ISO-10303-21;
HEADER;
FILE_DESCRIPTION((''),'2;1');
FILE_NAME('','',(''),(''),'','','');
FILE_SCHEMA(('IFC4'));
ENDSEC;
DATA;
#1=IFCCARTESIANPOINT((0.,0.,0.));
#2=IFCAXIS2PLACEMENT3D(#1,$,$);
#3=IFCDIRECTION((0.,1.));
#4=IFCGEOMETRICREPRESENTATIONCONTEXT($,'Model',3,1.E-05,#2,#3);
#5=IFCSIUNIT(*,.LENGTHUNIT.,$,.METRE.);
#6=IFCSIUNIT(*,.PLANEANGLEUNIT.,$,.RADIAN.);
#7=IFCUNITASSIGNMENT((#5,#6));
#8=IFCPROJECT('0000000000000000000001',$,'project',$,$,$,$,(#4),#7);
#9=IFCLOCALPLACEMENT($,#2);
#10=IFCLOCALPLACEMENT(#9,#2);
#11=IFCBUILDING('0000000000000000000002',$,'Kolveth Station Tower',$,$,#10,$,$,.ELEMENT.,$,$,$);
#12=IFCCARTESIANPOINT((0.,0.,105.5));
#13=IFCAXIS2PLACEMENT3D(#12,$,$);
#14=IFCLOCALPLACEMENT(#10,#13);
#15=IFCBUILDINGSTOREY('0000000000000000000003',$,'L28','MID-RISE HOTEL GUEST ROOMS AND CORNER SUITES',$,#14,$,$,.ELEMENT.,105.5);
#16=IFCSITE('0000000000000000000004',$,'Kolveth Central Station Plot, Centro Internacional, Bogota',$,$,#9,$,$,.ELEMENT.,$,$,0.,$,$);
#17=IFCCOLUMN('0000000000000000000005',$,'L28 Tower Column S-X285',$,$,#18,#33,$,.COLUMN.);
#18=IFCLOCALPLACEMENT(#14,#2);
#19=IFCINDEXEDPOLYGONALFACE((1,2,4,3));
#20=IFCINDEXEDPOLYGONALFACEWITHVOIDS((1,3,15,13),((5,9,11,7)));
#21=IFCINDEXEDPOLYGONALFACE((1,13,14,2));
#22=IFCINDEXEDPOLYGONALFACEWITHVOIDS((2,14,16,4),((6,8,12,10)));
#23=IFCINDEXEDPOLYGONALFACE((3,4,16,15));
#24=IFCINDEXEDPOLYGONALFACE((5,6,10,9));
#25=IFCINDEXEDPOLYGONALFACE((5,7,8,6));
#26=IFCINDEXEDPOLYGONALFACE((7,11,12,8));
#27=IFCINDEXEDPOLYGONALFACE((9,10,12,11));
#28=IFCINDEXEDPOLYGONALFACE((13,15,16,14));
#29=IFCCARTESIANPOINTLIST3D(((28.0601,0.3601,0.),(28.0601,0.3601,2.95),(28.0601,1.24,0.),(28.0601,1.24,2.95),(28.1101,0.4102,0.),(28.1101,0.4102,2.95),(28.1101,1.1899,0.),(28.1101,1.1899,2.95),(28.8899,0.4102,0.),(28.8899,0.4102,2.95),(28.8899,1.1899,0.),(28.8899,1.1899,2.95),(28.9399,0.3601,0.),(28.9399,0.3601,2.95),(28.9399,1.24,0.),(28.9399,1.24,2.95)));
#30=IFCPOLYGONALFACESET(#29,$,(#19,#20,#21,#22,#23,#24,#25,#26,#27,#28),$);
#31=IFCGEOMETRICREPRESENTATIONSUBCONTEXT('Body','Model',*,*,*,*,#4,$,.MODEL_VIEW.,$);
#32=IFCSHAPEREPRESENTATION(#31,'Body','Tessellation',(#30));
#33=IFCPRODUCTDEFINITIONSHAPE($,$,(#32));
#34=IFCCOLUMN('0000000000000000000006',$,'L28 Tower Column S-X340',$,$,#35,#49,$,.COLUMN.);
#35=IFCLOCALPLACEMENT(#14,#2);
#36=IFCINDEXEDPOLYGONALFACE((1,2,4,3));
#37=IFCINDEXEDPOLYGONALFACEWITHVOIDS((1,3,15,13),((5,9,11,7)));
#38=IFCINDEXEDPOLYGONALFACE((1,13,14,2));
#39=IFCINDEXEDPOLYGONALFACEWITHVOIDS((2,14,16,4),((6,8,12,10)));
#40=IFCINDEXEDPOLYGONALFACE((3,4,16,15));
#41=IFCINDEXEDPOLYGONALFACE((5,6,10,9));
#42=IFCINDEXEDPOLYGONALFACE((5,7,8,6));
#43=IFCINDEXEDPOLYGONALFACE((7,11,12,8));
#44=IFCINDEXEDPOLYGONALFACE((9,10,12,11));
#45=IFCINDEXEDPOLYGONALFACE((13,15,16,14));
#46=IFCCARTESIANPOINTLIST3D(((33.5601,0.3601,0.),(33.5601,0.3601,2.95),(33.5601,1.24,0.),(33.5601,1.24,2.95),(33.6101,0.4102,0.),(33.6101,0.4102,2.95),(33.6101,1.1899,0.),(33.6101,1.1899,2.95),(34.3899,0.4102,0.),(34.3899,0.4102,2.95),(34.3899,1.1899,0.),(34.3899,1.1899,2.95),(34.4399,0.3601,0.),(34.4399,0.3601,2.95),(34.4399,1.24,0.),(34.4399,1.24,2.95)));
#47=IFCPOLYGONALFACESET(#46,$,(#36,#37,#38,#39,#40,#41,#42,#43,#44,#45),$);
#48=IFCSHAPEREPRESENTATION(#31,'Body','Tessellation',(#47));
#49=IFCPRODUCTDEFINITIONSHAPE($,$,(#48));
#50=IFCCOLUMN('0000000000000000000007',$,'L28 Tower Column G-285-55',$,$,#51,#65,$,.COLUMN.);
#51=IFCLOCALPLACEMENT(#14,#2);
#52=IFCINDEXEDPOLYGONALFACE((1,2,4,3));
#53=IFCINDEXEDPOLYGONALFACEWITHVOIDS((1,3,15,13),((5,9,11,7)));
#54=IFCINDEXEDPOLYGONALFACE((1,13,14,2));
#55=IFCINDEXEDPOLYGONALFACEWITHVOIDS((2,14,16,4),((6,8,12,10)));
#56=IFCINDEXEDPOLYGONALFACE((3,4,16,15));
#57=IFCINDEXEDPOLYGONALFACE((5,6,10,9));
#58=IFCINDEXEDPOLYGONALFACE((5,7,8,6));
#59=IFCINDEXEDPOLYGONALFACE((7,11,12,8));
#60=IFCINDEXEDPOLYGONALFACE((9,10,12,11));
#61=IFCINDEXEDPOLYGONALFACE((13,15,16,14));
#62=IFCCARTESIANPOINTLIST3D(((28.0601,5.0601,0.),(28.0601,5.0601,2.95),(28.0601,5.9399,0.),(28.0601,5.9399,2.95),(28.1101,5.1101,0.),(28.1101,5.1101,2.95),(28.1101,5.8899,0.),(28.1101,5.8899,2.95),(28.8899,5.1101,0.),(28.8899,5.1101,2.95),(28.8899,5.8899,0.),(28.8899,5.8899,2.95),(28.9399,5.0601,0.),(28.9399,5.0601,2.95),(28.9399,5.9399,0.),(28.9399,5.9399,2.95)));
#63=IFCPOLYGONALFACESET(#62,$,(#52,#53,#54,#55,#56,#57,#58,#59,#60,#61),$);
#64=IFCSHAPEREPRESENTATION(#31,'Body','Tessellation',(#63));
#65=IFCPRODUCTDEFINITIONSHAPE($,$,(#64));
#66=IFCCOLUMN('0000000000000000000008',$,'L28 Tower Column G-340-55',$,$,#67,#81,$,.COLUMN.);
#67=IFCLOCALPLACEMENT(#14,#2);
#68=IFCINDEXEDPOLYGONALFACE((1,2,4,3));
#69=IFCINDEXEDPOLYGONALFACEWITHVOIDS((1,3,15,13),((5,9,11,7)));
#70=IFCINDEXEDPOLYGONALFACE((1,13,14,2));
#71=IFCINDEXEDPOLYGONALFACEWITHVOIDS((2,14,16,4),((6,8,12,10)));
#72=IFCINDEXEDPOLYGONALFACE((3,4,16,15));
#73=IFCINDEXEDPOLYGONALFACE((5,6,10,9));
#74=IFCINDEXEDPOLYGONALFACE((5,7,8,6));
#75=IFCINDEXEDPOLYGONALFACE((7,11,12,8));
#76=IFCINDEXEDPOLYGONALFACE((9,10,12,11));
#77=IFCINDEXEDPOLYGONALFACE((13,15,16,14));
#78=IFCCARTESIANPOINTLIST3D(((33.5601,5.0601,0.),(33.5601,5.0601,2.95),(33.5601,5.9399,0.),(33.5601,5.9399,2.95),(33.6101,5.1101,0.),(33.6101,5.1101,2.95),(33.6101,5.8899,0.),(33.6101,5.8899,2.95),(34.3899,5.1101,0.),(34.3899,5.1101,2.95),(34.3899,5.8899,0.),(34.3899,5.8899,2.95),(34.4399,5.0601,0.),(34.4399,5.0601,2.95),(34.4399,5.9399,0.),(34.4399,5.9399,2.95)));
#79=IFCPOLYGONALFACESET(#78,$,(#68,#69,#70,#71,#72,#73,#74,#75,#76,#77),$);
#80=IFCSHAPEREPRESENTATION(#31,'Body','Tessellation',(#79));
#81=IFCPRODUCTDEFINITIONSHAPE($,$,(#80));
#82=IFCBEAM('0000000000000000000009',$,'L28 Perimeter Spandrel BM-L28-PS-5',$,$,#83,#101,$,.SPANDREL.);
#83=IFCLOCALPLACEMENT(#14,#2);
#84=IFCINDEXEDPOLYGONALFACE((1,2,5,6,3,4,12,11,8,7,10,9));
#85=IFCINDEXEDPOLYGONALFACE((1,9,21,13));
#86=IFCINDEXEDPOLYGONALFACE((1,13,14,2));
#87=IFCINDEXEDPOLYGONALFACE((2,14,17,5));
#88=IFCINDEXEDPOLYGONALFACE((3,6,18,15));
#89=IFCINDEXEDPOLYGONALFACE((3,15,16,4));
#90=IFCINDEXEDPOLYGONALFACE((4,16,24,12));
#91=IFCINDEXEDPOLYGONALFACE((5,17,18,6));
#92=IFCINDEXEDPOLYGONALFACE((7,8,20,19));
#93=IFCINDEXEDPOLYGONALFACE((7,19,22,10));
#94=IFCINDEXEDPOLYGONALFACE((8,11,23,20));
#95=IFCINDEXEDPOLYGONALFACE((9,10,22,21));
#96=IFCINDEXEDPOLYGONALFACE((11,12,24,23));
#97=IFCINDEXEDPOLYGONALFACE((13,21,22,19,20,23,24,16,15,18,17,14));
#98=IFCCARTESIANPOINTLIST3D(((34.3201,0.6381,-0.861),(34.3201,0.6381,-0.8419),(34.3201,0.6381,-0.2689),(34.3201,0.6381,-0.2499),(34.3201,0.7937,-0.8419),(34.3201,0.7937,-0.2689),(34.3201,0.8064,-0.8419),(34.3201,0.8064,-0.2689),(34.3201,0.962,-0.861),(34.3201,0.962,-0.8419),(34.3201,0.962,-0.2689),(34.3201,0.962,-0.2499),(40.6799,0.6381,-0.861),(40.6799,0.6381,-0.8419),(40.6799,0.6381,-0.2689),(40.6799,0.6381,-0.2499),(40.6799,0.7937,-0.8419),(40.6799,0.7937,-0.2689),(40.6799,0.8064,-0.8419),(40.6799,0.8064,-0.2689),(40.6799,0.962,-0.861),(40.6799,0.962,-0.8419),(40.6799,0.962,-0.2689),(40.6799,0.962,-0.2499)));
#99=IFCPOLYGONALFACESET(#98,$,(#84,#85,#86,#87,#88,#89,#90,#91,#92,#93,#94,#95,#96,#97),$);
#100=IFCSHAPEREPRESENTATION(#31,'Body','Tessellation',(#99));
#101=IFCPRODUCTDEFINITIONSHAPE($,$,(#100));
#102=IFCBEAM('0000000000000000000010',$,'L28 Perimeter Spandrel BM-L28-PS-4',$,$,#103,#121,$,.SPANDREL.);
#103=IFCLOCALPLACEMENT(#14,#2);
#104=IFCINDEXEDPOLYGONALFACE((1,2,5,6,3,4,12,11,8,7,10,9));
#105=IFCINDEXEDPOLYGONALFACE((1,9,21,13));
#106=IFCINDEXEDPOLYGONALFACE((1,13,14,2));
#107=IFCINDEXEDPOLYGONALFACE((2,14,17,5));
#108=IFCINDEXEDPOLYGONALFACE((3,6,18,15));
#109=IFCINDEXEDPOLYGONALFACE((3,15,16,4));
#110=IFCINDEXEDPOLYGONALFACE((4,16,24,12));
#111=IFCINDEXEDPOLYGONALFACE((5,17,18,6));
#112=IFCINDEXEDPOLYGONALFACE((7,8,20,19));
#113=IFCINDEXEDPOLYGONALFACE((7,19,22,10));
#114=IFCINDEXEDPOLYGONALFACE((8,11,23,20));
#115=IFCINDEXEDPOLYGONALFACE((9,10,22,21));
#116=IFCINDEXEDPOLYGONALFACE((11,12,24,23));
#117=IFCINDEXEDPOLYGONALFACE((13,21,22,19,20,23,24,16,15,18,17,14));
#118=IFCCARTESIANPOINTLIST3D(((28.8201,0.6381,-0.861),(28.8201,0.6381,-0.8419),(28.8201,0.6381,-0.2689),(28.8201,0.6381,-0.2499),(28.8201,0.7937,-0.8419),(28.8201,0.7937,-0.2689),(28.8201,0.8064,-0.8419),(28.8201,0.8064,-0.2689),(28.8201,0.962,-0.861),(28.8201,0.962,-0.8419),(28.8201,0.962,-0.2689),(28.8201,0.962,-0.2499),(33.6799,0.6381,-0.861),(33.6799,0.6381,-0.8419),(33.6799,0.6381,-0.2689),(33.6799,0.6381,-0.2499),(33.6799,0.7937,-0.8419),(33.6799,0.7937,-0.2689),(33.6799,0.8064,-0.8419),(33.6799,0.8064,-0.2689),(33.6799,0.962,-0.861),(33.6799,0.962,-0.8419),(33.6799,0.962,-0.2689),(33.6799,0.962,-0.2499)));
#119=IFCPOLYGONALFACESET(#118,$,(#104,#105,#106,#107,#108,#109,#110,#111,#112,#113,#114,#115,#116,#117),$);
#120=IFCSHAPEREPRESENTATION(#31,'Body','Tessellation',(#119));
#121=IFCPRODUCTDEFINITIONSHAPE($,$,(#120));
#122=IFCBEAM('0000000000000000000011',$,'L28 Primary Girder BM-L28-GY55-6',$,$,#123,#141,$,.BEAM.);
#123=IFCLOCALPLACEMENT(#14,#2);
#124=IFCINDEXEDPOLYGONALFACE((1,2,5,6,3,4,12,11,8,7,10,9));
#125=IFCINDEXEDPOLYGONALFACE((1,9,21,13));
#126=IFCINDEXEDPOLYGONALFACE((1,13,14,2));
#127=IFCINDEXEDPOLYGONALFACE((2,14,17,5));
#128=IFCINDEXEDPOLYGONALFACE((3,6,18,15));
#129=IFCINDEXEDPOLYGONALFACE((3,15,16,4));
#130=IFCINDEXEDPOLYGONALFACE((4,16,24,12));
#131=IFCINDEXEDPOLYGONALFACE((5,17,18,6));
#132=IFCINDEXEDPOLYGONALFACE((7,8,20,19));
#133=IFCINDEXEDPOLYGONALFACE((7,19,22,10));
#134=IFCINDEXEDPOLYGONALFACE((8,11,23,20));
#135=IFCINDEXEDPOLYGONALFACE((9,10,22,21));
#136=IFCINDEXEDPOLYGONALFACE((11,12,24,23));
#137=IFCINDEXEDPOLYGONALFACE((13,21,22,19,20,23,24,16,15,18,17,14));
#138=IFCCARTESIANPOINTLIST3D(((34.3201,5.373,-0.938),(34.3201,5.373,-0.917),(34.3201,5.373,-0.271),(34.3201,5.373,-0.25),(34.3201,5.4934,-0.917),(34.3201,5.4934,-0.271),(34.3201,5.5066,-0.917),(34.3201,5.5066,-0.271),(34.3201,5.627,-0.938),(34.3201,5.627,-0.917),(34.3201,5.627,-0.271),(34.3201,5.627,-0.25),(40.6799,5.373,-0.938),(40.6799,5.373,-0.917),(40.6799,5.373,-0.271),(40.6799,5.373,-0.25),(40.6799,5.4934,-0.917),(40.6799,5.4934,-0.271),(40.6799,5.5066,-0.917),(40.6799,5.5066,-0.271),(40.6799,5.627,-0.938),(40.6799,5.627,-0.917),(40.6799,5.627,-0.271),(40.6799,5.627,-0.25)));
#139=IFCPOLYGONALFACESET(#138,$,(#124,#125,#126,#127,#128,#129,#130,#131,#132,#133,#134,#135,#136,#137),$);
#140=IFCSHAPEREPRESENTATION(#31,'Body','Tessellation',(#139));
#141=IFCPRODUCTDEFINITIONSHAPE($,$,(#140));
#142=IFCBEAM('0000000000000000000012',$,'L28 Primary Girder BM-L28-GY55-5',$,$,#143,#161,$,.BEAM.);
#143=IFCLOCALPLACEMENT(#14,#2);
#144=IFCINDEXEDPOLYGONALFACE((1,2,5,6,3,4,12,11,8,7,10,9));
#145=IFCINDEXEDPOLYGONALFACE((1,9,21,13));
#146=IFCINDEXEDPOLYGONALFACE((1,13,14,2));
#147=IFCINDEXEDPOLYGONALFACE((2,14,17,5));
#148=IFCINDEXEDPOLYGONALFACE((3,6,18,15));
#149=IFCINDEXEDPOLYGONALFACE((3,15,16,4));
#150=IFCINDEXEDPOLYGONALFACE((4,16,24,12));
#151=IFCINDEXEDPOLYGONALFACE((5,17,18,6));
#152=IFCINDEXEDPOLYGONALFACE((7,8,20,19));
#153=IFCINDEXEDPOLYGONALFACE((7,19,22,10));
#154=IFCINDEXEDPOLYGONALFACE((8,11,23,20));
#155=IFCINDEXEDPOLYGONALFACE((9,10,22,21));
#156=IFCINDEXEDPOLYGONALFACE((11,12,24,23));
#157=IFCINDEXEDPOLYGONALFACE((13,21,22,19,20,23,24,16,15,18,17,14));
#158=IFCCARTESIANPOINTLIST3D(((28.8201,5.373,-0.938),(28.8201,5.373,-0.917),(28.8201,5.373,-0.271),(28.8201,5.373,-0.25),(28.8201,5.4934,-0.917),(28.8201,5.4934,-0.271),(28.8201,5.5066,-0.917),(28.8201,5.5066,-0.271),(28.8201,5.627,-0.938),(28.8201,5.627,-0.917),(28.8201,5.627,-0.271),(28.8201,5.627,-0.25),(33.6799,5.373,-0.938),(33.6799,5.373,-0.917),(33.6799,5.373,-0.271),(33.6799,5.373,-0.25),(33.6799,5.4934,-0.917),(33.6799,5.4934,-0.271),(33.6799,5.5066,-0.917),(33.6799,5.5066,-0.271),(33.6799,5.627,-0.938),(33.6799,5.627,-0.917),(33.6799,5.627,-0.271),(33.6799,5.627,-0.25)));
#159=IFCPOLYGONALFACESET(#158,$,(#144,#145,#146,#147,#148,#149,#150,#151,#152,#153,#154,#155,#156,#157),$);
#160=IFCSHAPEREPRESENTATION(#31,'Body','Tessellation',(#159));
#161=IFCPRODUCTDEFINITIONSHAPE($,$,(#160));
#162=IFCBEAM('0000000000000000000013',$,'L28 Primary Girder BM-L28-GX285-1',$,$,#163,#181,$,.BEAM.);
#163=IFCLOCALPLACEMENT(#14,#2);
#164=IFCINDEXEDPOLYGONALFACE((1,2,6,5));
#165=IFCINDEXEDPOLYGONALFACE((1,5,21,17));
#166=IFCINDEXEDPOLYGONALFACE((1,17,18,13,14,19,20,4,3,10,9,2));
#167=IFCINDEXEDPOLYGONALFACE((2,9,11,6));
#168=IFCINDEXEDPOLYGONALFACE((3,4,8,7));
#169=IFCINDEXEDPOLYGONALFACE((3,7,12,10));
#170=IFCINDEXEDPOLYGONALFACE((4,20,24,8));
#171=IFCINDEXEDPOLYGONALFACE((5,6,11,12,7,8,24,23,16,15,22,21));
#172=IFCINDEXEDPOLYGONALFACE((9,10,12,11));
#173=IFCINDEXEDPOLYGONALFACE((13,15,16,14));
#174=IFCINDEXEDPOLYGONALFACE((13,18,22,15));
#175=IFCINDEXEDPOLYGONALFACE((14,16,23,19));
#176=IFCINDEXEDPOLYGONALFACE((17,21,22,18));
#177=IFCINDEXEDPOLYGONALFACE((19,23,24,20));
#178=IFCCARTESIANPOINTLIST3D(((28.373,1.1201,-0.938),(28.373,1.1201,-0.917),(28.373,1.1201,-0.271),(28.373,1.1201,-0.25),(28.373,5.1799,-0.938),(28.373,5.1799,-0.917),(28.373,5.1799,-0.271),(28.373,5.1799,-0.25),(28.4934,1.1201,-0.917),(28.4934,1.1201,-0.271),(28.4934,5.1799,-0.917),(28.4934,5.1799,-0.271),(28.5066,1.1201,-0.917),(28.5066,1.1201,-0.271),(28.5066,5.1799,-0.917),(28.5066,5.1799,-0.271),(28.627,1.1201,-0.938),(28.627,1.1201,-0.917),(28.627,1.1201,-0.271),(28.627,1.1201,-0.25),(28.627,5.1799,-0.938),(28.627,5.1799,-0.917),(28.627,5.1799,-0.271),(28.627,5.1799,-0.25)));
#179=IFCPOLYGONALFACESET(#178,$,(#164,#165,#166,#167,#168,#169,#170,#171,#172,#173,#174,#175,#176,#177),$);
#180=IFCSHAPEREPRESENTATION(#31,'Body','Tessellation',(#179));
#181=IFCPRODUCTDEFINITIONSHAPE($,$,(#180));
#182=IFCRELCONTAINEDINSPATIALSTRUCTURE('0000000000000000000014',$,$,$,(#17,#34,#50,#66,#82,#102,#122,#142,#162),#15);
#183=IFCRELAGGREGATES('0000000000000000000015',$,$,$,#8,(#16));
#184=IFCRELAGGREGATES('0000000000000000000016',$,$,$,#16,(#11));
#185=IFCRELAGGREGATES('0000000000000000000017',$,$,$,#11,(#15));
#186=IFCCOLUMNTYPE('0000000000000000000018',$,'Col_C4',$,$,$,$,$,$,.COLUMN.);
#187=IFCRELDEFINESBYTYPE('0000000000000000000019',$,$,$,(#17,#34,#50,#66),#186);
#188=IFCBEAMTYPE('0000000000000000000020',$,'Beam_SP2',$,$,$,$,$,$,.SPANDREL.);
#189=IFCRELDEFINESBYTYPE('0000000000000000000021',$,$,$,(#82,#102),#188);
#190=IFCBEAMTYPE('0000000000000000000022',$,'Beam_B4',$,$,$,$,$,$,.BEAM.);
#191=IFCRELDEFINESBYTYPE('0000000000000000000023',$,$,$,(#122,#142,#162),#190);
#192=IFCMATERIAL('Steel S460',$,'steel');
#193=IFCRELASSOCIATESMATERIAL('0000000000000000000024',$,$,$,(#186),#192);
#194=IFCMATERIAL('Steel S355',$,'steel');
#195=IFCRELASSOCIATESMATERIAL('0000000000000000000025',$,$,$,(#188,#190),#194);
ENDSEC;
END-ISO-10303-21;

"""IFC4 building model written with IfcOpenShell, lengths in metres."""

from ifc_helpers import new_model, si_unit, direction, frame, origin, origin_2d, place, context, subcontext, project, spatial, hollow_rectangle, i_section, extrude, source, transform, mapped, material, material_profile, profile_set, type_object, element, save


model = new_model("IFC4")

# Units and contexts
model_context = context("Model", 3, precision=1e-05, world=origin(), true_north=direction((0.0, 1.0)))
body_context = subcontext(model_context, "Body", "Model", "MODEL_VIEW")
ifc_project = project(units=[si_unit("LENGTHUNIT", "METRE"), si_unit("PLANEANGLEUNIT", "RADIAN")], contexts=[model_context])

# Site, building, storey
site_placement = place(None, origin())
site = spatial("IfcSite", under=ifc_project, at=site_placement, Name="Kolveth Central Station Plot, Centro Internacional, Bogota", CompositionType="ELEMENT", RefElevation=0.0)
building_placement = place(site_placement, origin())
building = spatial("IfcBuilding", under=site, at=building_placement, Name="Kolveth Station Tower", CompositionType="ELEMENT")
storey_placement = place(building_placement, frame((0.0, 0.0, 105.5)))
storey = spatial("IfcBuildingStorey", under=building, at=storey_placement, Name="L28", Description="MID-RISE HOTEL GUEST ROOMS AND CORNER SUITES", CompositionType="ELEMENT", Elevation=105.5)

# Columns
ifc_material_1 = material(Name="Steel S460", Category="steel")
ifc_material_profile_1 = material_profile(ifc_material_1, hollow_rectangle(XDim=0.8799, YDim=0.8799, WallThickness=0.05, at=origin_2d()), Name="BOX880x880x50")
ifc_profile_set_1 = profile_set([ifc_material_profile_1], Name="Steel S460")
column_type = type_object("IfcColumnType", Name="Col_C4", PredefinedType="COLUMN", material=ifc_profile_set_1)
shared_shape_1 = source(origin(), body_context, "Body", "SweptSolid", [
    extrude(hollow_rectangle(XDim=0.8799, YDim=0.8799, WallThickness=0.05, at=origin_2d()), origin(), (0.0, 0.0, 1.0), 2.95),
])
for number, where, z_axis, x_axis, name in (
    (1, (28.5, 0.8, 0.0), (0.0, 0.0, 1.0), (1.0, 0.0, 0.0), "L28 Tower Column S-X285"),
    (2, (34.0, 0.8, 0.0), (0.0, 0.0, 1.0), (1.0, 0.0, 0.0), "L28 Tower Column S-X340"),
    (3, (28.5, 5.5, 0.0), (0.0, 0.0, 1.0), (1.0, 0.0, 0.0), "L28 Tower Column G-285-55"),
    (4, (34.0, 5.5, 0.0), (0.0, 0.0, 1.0), (1.0, 0.0, 0.0), "L28 Tower Column G-340-55"),
):
    element("IfcColumn", number, at=place(storey_placement, frame(where, z_axis=z_axis, x_axis=x_axis)), inside=storey, type_object=column_type, Name=name, PredefinedType="COLUMN", context=body_context, shape_type="MappedRepresentation", body=[
        mapped(shared_shape_1, transform((0.0, 0.0, 0.0), x_axis=(1.0, 0.0, 0.0), y_axis=(0.0, 1.0, 0.0), z_axis=(0.0, 0.0, 1.0), scale=1.0)),
    ])

# Beams
ifc_material_2 = material(Name="Steel S355", Category="steel")
ifc_material_profile_2 = material_profile(ifc_material_2, i_section(OverallWidth=0.324, OverallDepth=0.6111, WebThickness=0.0127, FlangeThickness=0.019, at=origin_2d()), Name="W610x155")
ifc_profile_set_2 = profile_set([ifc_material_profile_2], Name="Steel S355")
beam_type_1 = type_object("IfcBeamType", Name="Beam_SP2", PredefinedType="SPANDREL", material=ifc_profile_set_2)
shared_shape_2 = source(origin(), body_context, "Body", "SweptSolid", [
    extrude(i_section(OverallWidth=0.324, OverallDepth=0.6111, WebThickness=0.0127, FlangeThickness=0.019, at=origin_2d()), origin(), (0.0, 0.0, 1.0), 6.3599),
])
beam_1_placement = place(storey_placement, frame((34.3201, 0.8, -0.5554), z_axis=(1.0, 0.0, 0.0), x_axis=(0.0, 1.0, 0.0)))
element("IfcBeam", 5, at=beam_1_placement, inside=storey, type_object=beam_type_1, Name="L28 Perimeter Spandrel BM-L28-PS-5", PredefinedType="SPANDREL", context=body_context, shape_type="MappedRepresentation", body=[
    mapped(shared_shape_2, transform((0.0, 0.0, 0.0), x_axis=(1.0, 0.0, 0.0), y_axis=(0.0, 1.0, 0.0), z_axis=(0.0, 0.0, 1.0), scale=1.0)),
])
shared_shape_3 = source(origin(), body_context, "Body", "SweptSolid", [
    extrude(i_section(OverallWidth=0.324, OverallDepth=0.6111, WebThickness=0.0127, FlangeThickness=0.019, at=origin_2d()), origin(), (0.0, 0.0, 1.0), 4.8599),
])
beam_2_placement = place(storey_placement, frame((28.8201, 0.8, -0.5554), z_axis=(1.0, 0.0, 0.0), x_axis=(0.0, 1.0, 0.0)))
element("IfcBeam", 6, at=beam_2_placement, inside=storey, type_object=beam_type_1, Name="L28 Perimeter Spandrel BM-L28-PS-4", PredefinedType="SPANDREL", context=body_context, shape_type="MappedRepresentation", body=[
    mapped(shared_shape_3, transform((0.0, 0.0, 0.0), x_axis=(1.0, 0.0, 0.0), y_axis=(0.0, 1.0, 0.0), z_axis=(0.0, 0.0, 1.0), scale=1.0)),
])
ifc_material_profile_3 = material_profile(ifc_material_2, i_section(OverallWidth=0.2539, OverallDepth=0.688, WebThickness=0.0132, FlangeThickness=0.021, at=origin_2d()), Name="W690x152")
ifc_profile_set_3 = profile_set([ifc_material_profile_3], Name="Steel S355")
beam_type_2 = type_object("IfcBeamType", Name="Beam_B4", PredefinedType="BEAM", material=ifc_profile_set_3)
shared_shape_4 = source(origin(), body_context, "Body", "SweptSolid", [
    extrude(i_section(OverallWidth=0.2539, OverallDepth=0.688, WebThickness=0.0132, FlangeThickness=0.021, at=origin_2d()), origin(), (0.0, 0.0, 1.0), 6.3599),
])
beam_3_placement = place(storey_placement, frame((34.3201, 5.5, -0.594), z_axis=(1.0, 0.0, 0.0), x_axis=(0.0, 1.0, 0.0)))
element("IfcBeam", 7, at=beam_3_placement, inside=storey, type_object=beam_type_2, Name="L28 Primary Girder BM-L28-GY55-6", PredefinedType="BEAM", context=body_context, shape_type="MappedRepresentation", body=[
    mapped(shared_shape_4, transform((0.0, 0.0, 0.0), x_axis=(1.0, 0.0, 0.0), y_axis=(0.0, 1.0, 0.0), z_axis=(0.0, 0.0, 1.0), scale=1.0)),
])
shared_shape_5 = source(origin(), body_context, "Body", "SweptSolid", [
    extrude(i_section(OverallWidth=0.2539, OverallDepth=0.688, WebThickness=0.0132, FlangeThickness=0.021, at=origin_2d()), origin(), (0.0, 0.0, 1.0), 4.8599),
])
beam_4_placement = place(storey_placement, frame((28.8201, 5.5, -0.594), z_axis=(1.0, 0.0, 0.0), x_axis=(0.0, 1.0, 0.0)))
element("IfcBeam", 8, at=beam_4_placement, inside=storey, type_object=beam_type_2, Name="L28 Primary Girder BM-L28-GY55-5", PredefinedType="BEAM", context=body_context, shape_type="MappedRepresentation", body=[
    mapped(shared_shape_5, transform((0.0, 0.0, 0.0), x_axis=(1.0, 0.0, 0.0), y_axis=(0.0, 1.0, 0.0), z_axis=(0.0, 0.0, 1.0), scale=1.0)),
])
shared_shape_6 = source(origin(), body_context, "Body", "SweptSolid", [
    extrude(i_section(OverallWidth=0.2539, OverallDepth=0.688, WebThickness=0.0132, FlangeThickness=0.021, at=origin_2d()), origin(), (0.0, 0.0, 1.0), 4.0598),
])
for number, where, z_axis, x_axis, name in (
    (9, (28.5, 1.1201, -0.594), (0.0, 1.0, 0.0), (-1.0, 0.0, 0.0), "L28 Primary Girder BM-L28-GX285-1"),
):
    element("IfcBeam", number, at=place(storey_placement, frame(where, z_axis=z_axis, x_axis=x_axis)), inside=storey, type_object=beam_type_2, Name=name, PredefinedType="BEAM", context=body_context, shape_type="MappedRepresentation", body=[
        mapped(shared_shape_6, transform((0.0, 0.0, 0.0), x_axis=(1.0, 0.0, 0.0), y_axis=(0.0, 1.0, 0.0), z_axis=(0.0, 0.0, 1.0), scale=1.0)),
    ])

save(model, "model.ifc")
